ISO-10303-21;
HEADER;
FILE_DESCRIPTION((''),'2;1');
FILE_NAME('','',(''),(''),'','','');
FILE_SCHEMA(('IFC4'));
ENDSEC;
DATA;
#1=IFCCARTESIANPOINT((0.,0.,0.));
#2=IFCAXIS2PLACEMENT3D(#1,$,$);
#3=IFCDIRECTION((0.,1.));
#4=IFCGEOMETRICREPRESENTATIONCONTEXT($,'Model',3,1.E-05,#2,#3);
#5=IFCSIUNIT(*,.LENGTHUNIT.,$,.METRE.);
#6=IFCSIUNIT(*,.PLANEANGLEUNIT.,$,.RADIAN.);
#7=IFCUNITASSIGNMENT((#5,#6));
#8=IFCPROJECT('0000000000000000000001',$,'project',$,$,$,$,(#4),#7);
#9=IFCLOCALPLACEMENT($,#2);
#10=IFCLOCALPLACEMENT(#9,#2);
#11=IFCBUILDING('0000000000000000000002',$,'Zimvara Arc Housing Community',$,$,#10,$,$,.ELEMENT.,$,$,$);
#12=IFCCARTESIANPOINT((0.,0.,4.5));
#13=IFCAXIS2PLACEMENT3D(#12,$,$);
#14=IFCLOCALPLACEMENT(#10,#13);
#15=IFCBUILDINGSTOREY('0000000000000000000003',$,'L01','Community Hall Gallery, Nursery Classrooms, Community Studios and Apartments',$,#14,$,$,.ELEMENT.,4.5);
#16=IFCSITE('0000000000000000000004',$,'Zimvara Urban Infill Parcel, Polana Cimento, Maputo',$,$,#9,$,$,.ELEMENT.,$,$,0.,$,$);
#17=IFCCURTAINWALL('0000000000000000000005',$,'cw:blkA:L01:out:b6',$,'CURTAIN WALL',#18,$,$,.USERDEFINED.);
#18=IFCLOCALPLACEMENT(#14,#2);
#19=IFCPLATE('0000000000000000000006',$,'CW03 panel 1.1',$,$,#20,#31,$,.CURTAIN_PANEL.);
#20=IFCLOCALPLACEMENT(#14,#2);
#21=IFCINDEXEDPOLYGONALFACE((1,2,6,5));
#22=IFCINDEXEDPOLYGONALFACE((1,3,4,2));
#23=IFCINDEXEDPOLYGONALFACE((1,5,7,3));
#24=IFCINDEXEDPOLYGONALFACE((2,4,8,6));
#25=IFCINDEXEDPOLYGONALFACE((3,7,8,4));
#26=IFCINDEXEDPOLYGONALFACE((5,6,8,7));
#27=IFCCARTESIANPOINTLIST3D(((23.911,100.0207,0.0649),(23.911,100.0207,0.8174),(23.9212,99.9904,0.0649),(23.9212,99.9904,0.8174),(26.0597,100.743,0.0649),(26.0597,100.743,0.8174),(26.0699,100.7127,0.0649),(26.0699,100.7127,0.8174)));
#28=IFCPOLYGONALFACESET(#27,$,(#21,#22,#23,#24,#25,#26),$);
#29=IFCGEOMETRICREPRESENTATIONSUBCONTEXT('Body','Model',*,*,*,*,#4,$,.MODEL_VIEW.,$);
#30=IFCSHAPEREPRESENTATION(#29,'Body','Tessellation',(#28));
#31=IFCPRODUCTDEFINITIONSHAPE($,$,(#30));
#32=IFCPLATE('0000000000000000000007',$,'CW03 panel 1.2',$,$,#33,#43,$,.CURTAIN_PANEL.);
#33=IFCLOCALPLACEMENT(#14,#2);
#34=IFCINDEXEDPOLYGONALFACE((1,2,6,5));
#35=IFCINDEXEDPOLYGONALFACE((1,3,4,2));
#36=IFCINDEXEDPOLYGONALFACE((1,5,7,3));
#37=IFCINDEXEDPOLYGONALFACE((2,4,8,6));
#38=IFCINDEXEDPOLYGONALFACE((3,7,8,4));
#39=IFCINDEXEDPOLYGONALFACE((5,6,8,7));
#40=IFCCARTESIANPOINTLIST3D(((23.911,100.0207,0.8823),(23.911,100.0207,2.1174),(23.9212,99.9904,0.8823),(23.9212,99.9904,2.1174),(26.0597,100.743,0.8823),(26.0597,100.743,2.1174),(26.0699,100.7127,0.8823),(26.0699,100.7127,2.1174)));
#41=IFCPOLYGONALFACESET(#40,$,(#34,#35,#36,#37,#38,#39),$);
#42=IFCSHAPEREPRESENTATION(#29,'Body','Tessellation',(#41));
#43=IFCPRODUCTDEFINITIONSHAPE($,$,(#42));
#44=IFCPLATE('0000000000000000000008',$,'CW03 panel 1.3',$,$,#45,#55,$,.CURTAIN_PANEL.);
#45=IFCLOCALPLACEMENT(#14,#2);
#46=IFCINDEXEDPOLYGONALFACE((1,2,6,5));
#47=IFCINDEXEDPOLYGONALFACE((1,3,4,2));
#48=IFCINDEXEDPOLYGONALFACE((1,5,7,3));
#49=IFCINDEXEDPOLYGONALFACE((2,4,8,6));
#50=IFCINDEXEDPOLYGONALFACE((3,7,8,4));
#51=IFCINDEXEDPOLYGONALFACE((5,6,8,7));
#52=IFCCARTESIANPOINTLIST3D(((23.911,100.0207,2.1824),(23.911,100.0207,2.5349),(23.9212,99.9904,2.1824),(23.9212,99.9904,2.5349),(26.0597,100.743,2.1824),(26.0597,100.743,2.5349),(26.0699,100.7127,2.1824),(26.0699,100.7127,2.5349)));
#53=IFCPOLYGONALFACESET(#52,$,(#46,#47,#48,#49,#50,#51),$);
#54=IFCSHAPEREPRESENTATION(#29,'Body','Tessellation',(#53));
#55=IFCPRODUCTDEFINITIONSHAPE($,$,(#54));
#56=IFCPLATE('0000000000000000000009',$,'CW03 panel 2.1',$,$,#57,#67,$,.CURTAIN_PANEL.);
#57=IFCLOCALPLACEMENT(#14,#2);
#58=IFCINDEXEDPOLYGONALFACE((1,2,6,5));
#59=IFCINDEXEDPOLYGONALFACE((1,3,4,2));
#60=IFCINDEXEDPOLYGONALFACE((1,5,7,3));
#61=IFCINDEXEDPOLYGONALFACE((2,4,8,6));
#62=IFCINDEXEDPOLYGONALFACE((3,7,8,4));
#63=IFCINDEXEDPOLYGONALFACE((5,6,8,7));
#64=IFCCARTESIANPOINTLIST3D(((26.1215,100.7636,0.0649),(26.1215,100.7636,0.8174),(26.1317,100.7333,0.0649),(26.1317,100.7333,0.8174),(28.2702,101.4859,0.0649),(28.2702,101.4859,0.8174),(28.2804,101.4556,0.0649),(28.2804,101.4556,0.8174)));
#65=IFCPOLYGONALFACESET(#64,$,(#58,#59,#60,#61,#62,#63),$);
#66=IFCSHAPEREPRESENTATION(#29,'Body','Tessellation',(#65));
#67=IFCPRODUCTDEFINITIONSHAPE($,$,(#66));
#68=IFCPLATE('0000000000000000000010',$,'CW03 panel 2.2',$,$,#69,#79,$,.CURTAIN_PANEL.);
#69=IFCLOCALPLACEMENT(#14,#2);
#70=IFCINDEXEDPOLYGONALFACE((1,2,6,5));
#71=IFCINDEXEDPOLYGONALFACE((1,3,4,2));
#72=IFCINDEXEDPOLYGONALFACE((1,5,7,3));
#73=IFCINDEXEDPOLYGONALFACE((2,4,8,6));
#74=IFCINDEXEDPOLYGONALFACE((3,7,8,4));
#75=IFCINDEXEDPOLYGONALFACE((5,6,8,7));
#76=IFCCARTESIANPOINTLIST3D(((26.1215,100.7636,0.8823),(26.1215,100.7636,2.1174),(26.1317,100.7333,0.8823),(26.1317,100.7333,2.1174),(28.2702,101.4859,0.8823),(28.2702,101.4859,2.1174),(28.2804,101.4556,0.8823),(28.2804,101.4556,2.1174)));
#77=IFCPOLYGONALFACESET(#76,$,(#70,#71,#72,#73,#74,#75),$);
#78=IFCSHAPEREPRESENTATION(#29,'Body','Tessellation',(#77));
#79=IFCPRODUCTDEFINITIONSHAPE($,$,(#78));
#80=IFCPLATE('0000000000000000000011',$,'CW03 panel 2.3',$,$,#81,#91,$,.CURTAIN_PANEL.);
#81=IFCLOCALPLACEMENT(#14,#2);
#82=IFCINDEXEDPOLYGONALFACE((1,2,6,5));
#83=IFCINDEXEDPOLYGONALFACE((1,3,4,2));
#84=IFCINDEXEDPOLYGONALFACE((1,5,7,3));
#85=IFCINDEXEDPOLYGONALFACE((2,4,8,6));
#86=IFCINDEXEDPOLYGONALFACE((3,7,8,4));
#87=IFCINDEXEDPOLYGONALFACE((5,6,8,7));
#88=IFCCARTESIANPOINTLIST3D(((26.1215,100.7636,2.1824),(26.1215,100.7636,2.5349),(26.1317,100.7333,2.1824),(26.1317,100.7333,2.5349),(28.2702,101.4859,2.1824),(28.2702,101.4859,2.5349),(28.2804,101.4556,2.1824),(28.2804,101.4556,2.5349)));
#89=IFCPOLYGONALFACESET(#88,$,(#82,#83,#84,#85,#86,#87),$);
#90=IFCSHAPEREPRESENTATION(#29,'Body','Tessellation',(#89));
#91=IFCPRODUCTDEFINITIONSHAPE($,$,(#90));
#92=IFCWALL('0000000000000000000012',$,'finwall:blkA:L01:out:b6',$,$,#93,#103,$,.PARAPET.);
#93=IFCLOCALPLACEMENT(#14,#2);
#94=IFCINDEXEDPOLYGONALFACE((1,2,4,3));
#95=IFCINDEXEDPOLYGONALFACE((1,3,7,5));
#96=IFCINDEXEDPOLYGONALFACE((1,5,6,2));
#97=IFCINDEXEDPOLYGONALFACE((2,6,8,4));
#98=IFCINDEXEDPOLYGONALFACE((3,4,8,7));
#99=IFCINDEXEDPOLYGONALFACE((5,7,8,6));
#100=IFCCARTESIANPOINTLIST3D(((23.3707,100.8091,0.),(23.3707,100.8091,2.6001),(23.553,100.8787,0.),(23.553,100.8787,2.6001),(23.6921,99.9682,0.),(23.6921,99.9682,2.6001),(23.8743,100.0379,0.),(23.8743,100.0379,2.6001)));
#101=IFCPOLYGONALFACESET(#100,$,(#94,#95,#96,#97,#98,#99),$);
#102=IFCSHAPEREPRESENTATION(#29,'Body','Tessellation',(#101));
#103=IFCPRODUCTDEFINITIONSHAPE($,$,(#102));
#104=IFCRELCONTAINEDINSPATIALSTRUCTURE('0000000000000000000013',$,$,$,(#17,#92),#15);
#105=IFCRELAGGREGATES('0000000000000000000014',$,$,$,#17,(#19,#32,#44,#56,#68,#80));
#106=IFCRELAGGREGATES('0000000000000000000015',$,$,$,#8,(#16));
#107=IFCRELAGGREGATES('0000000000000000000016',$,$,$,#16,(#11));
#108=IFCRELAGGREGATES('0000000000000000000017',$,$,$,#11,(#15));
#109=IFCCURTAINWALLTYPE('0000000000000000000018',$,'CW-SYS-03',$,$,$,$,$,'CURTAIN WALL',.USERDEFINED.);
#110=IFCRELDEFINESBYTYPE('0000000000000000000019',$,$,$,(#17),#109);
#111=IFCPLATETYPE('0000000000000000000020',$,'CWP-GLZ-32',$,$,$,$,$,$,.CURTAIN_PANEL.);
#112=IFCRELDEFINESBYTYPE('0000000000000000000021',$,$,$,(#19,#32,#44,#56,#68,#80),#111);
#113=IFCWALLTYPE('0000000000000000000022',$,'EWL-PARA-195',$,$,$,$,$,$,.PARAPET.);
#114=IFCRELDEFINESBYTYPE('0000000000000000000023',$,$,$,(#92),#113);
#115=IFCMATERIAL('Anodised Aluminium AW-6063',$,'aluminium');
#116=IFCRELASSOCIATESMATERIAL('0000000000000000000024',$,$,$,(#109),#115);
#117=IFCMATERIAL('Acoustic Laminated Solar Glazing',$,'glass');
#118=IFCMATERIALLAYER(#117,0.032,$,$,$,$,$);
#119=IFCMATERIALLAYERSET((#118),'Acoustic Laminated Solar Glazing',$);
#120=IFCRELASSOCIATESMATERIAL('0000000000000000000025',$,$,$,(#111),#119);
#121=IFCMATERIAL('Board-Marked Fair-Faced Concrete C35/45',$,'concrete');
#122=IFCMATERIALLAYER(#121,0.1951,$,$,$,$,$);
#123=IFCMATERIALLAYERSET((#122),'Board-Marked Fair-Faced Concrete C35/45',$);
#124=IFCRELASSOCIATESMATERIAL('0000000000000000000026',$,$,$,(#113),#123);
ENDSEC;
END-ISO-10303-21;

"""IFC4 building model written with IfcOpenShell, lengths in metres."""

from ifc_helpers import new_model, si_unit, direction, frame, frame_2d, origin, origin_2d, place, context, subcontext, project, spatial, rectangle, extrude, material, layer, layer_set, type_object, element, aggregate, save


model = new_model("IFC4")

# Units and contexts
model_context = context("Model", 3, precision=1e-05, world=origin(), true_north=direction((0.0, 1.0)))
body_context = subcontext(model_context, "Body", "Model", "MODEL_VIEW")
ifc_project = project(units=[si_unit("LENGTHUNIT", "METRE"), si_unit("PLANEANGLEUNIT", "RADIAN")], contexts=[model_context])

# Site, building, storey
site_placement = place(None, origin())
site = spatial("IfcSite", under=ifc_project, at=site_placement, Name="Zimvara Urban Infill Parcel, Polana Cimento, Maputo", CompositionType="ELEMENT", RefElevation=0.0)
building_placement = place(site_placement, origin())
building = spatial("IfcBuilding", under=site, at=building_placement, Name="Zimvara Arc Housing Community", CompositionType="ELEMENT")
storey_placement = place(building_placement, frame((0.0, 0.0, 4.5)))
storey = spatial("IfcBuildingStorey", under=building, at=storey_placement, Name="L01", Description="Community Hall Gallery, Nursery Classrooms, Community Studios and Apartments", CompositionType="ELEMENT", Elevation=4.5)

# Curtain wall
ifc_material_1 = material(Name="Anodised Aluminium AW-6063", Category="aluminium")
curtain_wall_type_1 = type_object("IfcCurtainWallType", Name="CW-SYS-03", ElementType="CURTAIN WALL", PredefinedType="USERDEFINED", material=ifc_material_1)
curtain_wall_1_placement = place(storey_placement, origin())
curtain_wall_1 = element("IfcCurtainWall", 1, at=curtain_wall_1_placement, inside=storey, type_object=curtain_wall_type_1, Name="cw:blkA:L01:out:b6", ObjectType="CURTAIN WALL", PredefinedType="USERDEFINED")

# Plates
ifc_material_2 = material(Name="Acoustic Laminated Solar Glazing", Category="glass")
ifc_layer_1 = layer(ifc_material_2, 0.032)
ifc_layer_set_1 = layer_set([ifc_layer_1], Name="Acoustic Laminated Solar Glazing")
plate_type_1 = type_object("IfcPlateType", Name="CWP-GLZ-32", PredefinedType="CURTAIN_PANEL", material=ifc_layer_set_1)
plate_1_placement = place(storey_placement, frame((24.9905, 100.3667, 0.0649), z_axis=(0.0, 0.0, 1.0), x_axis=(0.94788, 0.318629, 0.0)))
plate_1 = element("IfcPlate", 2, at=plate_1_placement, type_object=plate_type_1, Name="CW03 panel 1.1", PredefinedType="CURTAIN_PANEL", context=body_context, shape_type="SweptSolid", body=[
    extrude(rectangle(XDim=2.2668, YDim=0.032, at=origin_2d()), origin(), (0.0, 0.0, 1.0), 0.7524),
])
plate_2_placement = place(storey_placement, frame((24.9905, 100.3667, 0.8823), z_axis=(0.0, 0.0, 1.0), x_axis=(0.94788, 0.318629, 0.0)))
plate_2 = element("IfcPlate", 3, at=plate_2_placement, type_object=plate_type_1, Name="CW03 panel 1.2", PredefinedType="CURTAIN_PANEL", context=body_context, shape_type="SweptSolid", body=[
    extrude(rectangle(XDim=2.2668, YDim=0.032, at=origin_2d()), origin(), (0.0, 0.0, 1.0), 1.2351),
])
plate_3_placement = place(storey_placement, frame((24.9905, 100.3667, 2.1824), z_axis=(0.0, 0.0, 1.0), x_axis=(0.94788, 0.318629, 0.0)))
plate_3 = element("IfcPlate", 4, at=plate_3_placement, type_object=plate_type_1, Name="CW03 panel 1.3", PredefinedType="CURTAIN_PANEL", context=body_context, shape_type="SweptSolid", body=[
    extrude(rectangle(XDim=2.2668, YDim=0.032, at=origin_2d()), origin(), (0.0, 0.0, 1.0), 0.3525),
])
plate_4_placement = place(storey_placement, frame((27.2009, 101.1096, 0.0649), z_axis=(0.0, 0.0, 1.0), x_axis=(0.94788, 0.318629, 0.0)))
plate_4 = element("IfcPlate", 5, at=plate_4_placement, type_object=plate_type_1, Name="CW03 panel 2.1", PredefinedType="CURTAIN_PANEL", context=body_context, shape_type="SweptSolid", body=[
    extrude(rectangle(XDim=2.2668, YDim=0.032, at=origin_2d()), origin(), (0.0, 0.0, 1.0), 0.7524),
])
plate_5_placement = place(storey_placement, frame((27.2009, 101.1096, 0.8823), z_axis=(0.0, 0.0, 1.0), x_axis=(0.94788, 0.318629, 0.0)))
plate_5 = element("IfcPlate", 6, at=plate_5_placement, type_object=plate_type_1, Name="CW03 panel 2.2", PredefinedType="CURTAIN_PANEL", context=body_context, shape_type="SweptSolid", body=[
    extrude(rectangle(XDim=2.2668, YDim=0.032, at=origin_2d()), origin(), (0.0, 0.0, 1.0), 1.2351),
])
plate_6_placement = place(storey_placement, frame((27.2009, 101.1096, 2.1824), z_axis=(0.0, 0.0, 1.0), x_axis=(0.94788, 0.318629, 0.0)))
plate_6 = element("IfcPlate", 7, at=plate_6_placement, type_object=plate_type_1, Name="CW03 panel 2.3", PredefinedType="CURTAIN_PANEL", context=body_context, shape_type="SweptSolid", body=[
    extrude(rectangle(XDim=2.2668, YDim=0.032, at=origin_2d()), origin(), (0.0, 0.0, 1.0), 0.3525),
])
aggregate(curtain_wall_1, [plate_1, plate_2, plate_3, plate_4, plate_5, plate_6])

# Wall
ifc_material_3 = material(Name="Board-Marked Fair-Faced Concrete C35/45", Category="concrete")
ifc_layer_2 = layer(ifc_material_3, 0.1951)
ifc_layer_set_2 = layer_set([ifc_layer_2], Name="Board-Marked Fair-Faced Concrete C35/45")
wall_type = type_object("IfcWallType", Name="EWL-PARA-195", PredefinedType="PARAPET", material=ifc_layer_set_2)
wall_placement = place(storey_placement, frame((23.7832, 100.0029, 0.0), z_axis=(0.0, 0.0, 1.0), x_axis=(-0.356943, 0.934126, 0.0)))
element("IfcWall", 8, at=wall_placement, inside=storey, type_object=wall_type, Name="finwall:blkA:L01:out:b6", PredefinedType="PARAPET", context=body_context, shape_type="SweptSolid", body=[
    extrude(rectangle(XDim=0.9001, YDim=0.1951, at=frame_2d((0.4502, 0.0))), origin(), (0.0, 0.0, 1.0), 2.6001),
])

save(model, "model.ifc")
